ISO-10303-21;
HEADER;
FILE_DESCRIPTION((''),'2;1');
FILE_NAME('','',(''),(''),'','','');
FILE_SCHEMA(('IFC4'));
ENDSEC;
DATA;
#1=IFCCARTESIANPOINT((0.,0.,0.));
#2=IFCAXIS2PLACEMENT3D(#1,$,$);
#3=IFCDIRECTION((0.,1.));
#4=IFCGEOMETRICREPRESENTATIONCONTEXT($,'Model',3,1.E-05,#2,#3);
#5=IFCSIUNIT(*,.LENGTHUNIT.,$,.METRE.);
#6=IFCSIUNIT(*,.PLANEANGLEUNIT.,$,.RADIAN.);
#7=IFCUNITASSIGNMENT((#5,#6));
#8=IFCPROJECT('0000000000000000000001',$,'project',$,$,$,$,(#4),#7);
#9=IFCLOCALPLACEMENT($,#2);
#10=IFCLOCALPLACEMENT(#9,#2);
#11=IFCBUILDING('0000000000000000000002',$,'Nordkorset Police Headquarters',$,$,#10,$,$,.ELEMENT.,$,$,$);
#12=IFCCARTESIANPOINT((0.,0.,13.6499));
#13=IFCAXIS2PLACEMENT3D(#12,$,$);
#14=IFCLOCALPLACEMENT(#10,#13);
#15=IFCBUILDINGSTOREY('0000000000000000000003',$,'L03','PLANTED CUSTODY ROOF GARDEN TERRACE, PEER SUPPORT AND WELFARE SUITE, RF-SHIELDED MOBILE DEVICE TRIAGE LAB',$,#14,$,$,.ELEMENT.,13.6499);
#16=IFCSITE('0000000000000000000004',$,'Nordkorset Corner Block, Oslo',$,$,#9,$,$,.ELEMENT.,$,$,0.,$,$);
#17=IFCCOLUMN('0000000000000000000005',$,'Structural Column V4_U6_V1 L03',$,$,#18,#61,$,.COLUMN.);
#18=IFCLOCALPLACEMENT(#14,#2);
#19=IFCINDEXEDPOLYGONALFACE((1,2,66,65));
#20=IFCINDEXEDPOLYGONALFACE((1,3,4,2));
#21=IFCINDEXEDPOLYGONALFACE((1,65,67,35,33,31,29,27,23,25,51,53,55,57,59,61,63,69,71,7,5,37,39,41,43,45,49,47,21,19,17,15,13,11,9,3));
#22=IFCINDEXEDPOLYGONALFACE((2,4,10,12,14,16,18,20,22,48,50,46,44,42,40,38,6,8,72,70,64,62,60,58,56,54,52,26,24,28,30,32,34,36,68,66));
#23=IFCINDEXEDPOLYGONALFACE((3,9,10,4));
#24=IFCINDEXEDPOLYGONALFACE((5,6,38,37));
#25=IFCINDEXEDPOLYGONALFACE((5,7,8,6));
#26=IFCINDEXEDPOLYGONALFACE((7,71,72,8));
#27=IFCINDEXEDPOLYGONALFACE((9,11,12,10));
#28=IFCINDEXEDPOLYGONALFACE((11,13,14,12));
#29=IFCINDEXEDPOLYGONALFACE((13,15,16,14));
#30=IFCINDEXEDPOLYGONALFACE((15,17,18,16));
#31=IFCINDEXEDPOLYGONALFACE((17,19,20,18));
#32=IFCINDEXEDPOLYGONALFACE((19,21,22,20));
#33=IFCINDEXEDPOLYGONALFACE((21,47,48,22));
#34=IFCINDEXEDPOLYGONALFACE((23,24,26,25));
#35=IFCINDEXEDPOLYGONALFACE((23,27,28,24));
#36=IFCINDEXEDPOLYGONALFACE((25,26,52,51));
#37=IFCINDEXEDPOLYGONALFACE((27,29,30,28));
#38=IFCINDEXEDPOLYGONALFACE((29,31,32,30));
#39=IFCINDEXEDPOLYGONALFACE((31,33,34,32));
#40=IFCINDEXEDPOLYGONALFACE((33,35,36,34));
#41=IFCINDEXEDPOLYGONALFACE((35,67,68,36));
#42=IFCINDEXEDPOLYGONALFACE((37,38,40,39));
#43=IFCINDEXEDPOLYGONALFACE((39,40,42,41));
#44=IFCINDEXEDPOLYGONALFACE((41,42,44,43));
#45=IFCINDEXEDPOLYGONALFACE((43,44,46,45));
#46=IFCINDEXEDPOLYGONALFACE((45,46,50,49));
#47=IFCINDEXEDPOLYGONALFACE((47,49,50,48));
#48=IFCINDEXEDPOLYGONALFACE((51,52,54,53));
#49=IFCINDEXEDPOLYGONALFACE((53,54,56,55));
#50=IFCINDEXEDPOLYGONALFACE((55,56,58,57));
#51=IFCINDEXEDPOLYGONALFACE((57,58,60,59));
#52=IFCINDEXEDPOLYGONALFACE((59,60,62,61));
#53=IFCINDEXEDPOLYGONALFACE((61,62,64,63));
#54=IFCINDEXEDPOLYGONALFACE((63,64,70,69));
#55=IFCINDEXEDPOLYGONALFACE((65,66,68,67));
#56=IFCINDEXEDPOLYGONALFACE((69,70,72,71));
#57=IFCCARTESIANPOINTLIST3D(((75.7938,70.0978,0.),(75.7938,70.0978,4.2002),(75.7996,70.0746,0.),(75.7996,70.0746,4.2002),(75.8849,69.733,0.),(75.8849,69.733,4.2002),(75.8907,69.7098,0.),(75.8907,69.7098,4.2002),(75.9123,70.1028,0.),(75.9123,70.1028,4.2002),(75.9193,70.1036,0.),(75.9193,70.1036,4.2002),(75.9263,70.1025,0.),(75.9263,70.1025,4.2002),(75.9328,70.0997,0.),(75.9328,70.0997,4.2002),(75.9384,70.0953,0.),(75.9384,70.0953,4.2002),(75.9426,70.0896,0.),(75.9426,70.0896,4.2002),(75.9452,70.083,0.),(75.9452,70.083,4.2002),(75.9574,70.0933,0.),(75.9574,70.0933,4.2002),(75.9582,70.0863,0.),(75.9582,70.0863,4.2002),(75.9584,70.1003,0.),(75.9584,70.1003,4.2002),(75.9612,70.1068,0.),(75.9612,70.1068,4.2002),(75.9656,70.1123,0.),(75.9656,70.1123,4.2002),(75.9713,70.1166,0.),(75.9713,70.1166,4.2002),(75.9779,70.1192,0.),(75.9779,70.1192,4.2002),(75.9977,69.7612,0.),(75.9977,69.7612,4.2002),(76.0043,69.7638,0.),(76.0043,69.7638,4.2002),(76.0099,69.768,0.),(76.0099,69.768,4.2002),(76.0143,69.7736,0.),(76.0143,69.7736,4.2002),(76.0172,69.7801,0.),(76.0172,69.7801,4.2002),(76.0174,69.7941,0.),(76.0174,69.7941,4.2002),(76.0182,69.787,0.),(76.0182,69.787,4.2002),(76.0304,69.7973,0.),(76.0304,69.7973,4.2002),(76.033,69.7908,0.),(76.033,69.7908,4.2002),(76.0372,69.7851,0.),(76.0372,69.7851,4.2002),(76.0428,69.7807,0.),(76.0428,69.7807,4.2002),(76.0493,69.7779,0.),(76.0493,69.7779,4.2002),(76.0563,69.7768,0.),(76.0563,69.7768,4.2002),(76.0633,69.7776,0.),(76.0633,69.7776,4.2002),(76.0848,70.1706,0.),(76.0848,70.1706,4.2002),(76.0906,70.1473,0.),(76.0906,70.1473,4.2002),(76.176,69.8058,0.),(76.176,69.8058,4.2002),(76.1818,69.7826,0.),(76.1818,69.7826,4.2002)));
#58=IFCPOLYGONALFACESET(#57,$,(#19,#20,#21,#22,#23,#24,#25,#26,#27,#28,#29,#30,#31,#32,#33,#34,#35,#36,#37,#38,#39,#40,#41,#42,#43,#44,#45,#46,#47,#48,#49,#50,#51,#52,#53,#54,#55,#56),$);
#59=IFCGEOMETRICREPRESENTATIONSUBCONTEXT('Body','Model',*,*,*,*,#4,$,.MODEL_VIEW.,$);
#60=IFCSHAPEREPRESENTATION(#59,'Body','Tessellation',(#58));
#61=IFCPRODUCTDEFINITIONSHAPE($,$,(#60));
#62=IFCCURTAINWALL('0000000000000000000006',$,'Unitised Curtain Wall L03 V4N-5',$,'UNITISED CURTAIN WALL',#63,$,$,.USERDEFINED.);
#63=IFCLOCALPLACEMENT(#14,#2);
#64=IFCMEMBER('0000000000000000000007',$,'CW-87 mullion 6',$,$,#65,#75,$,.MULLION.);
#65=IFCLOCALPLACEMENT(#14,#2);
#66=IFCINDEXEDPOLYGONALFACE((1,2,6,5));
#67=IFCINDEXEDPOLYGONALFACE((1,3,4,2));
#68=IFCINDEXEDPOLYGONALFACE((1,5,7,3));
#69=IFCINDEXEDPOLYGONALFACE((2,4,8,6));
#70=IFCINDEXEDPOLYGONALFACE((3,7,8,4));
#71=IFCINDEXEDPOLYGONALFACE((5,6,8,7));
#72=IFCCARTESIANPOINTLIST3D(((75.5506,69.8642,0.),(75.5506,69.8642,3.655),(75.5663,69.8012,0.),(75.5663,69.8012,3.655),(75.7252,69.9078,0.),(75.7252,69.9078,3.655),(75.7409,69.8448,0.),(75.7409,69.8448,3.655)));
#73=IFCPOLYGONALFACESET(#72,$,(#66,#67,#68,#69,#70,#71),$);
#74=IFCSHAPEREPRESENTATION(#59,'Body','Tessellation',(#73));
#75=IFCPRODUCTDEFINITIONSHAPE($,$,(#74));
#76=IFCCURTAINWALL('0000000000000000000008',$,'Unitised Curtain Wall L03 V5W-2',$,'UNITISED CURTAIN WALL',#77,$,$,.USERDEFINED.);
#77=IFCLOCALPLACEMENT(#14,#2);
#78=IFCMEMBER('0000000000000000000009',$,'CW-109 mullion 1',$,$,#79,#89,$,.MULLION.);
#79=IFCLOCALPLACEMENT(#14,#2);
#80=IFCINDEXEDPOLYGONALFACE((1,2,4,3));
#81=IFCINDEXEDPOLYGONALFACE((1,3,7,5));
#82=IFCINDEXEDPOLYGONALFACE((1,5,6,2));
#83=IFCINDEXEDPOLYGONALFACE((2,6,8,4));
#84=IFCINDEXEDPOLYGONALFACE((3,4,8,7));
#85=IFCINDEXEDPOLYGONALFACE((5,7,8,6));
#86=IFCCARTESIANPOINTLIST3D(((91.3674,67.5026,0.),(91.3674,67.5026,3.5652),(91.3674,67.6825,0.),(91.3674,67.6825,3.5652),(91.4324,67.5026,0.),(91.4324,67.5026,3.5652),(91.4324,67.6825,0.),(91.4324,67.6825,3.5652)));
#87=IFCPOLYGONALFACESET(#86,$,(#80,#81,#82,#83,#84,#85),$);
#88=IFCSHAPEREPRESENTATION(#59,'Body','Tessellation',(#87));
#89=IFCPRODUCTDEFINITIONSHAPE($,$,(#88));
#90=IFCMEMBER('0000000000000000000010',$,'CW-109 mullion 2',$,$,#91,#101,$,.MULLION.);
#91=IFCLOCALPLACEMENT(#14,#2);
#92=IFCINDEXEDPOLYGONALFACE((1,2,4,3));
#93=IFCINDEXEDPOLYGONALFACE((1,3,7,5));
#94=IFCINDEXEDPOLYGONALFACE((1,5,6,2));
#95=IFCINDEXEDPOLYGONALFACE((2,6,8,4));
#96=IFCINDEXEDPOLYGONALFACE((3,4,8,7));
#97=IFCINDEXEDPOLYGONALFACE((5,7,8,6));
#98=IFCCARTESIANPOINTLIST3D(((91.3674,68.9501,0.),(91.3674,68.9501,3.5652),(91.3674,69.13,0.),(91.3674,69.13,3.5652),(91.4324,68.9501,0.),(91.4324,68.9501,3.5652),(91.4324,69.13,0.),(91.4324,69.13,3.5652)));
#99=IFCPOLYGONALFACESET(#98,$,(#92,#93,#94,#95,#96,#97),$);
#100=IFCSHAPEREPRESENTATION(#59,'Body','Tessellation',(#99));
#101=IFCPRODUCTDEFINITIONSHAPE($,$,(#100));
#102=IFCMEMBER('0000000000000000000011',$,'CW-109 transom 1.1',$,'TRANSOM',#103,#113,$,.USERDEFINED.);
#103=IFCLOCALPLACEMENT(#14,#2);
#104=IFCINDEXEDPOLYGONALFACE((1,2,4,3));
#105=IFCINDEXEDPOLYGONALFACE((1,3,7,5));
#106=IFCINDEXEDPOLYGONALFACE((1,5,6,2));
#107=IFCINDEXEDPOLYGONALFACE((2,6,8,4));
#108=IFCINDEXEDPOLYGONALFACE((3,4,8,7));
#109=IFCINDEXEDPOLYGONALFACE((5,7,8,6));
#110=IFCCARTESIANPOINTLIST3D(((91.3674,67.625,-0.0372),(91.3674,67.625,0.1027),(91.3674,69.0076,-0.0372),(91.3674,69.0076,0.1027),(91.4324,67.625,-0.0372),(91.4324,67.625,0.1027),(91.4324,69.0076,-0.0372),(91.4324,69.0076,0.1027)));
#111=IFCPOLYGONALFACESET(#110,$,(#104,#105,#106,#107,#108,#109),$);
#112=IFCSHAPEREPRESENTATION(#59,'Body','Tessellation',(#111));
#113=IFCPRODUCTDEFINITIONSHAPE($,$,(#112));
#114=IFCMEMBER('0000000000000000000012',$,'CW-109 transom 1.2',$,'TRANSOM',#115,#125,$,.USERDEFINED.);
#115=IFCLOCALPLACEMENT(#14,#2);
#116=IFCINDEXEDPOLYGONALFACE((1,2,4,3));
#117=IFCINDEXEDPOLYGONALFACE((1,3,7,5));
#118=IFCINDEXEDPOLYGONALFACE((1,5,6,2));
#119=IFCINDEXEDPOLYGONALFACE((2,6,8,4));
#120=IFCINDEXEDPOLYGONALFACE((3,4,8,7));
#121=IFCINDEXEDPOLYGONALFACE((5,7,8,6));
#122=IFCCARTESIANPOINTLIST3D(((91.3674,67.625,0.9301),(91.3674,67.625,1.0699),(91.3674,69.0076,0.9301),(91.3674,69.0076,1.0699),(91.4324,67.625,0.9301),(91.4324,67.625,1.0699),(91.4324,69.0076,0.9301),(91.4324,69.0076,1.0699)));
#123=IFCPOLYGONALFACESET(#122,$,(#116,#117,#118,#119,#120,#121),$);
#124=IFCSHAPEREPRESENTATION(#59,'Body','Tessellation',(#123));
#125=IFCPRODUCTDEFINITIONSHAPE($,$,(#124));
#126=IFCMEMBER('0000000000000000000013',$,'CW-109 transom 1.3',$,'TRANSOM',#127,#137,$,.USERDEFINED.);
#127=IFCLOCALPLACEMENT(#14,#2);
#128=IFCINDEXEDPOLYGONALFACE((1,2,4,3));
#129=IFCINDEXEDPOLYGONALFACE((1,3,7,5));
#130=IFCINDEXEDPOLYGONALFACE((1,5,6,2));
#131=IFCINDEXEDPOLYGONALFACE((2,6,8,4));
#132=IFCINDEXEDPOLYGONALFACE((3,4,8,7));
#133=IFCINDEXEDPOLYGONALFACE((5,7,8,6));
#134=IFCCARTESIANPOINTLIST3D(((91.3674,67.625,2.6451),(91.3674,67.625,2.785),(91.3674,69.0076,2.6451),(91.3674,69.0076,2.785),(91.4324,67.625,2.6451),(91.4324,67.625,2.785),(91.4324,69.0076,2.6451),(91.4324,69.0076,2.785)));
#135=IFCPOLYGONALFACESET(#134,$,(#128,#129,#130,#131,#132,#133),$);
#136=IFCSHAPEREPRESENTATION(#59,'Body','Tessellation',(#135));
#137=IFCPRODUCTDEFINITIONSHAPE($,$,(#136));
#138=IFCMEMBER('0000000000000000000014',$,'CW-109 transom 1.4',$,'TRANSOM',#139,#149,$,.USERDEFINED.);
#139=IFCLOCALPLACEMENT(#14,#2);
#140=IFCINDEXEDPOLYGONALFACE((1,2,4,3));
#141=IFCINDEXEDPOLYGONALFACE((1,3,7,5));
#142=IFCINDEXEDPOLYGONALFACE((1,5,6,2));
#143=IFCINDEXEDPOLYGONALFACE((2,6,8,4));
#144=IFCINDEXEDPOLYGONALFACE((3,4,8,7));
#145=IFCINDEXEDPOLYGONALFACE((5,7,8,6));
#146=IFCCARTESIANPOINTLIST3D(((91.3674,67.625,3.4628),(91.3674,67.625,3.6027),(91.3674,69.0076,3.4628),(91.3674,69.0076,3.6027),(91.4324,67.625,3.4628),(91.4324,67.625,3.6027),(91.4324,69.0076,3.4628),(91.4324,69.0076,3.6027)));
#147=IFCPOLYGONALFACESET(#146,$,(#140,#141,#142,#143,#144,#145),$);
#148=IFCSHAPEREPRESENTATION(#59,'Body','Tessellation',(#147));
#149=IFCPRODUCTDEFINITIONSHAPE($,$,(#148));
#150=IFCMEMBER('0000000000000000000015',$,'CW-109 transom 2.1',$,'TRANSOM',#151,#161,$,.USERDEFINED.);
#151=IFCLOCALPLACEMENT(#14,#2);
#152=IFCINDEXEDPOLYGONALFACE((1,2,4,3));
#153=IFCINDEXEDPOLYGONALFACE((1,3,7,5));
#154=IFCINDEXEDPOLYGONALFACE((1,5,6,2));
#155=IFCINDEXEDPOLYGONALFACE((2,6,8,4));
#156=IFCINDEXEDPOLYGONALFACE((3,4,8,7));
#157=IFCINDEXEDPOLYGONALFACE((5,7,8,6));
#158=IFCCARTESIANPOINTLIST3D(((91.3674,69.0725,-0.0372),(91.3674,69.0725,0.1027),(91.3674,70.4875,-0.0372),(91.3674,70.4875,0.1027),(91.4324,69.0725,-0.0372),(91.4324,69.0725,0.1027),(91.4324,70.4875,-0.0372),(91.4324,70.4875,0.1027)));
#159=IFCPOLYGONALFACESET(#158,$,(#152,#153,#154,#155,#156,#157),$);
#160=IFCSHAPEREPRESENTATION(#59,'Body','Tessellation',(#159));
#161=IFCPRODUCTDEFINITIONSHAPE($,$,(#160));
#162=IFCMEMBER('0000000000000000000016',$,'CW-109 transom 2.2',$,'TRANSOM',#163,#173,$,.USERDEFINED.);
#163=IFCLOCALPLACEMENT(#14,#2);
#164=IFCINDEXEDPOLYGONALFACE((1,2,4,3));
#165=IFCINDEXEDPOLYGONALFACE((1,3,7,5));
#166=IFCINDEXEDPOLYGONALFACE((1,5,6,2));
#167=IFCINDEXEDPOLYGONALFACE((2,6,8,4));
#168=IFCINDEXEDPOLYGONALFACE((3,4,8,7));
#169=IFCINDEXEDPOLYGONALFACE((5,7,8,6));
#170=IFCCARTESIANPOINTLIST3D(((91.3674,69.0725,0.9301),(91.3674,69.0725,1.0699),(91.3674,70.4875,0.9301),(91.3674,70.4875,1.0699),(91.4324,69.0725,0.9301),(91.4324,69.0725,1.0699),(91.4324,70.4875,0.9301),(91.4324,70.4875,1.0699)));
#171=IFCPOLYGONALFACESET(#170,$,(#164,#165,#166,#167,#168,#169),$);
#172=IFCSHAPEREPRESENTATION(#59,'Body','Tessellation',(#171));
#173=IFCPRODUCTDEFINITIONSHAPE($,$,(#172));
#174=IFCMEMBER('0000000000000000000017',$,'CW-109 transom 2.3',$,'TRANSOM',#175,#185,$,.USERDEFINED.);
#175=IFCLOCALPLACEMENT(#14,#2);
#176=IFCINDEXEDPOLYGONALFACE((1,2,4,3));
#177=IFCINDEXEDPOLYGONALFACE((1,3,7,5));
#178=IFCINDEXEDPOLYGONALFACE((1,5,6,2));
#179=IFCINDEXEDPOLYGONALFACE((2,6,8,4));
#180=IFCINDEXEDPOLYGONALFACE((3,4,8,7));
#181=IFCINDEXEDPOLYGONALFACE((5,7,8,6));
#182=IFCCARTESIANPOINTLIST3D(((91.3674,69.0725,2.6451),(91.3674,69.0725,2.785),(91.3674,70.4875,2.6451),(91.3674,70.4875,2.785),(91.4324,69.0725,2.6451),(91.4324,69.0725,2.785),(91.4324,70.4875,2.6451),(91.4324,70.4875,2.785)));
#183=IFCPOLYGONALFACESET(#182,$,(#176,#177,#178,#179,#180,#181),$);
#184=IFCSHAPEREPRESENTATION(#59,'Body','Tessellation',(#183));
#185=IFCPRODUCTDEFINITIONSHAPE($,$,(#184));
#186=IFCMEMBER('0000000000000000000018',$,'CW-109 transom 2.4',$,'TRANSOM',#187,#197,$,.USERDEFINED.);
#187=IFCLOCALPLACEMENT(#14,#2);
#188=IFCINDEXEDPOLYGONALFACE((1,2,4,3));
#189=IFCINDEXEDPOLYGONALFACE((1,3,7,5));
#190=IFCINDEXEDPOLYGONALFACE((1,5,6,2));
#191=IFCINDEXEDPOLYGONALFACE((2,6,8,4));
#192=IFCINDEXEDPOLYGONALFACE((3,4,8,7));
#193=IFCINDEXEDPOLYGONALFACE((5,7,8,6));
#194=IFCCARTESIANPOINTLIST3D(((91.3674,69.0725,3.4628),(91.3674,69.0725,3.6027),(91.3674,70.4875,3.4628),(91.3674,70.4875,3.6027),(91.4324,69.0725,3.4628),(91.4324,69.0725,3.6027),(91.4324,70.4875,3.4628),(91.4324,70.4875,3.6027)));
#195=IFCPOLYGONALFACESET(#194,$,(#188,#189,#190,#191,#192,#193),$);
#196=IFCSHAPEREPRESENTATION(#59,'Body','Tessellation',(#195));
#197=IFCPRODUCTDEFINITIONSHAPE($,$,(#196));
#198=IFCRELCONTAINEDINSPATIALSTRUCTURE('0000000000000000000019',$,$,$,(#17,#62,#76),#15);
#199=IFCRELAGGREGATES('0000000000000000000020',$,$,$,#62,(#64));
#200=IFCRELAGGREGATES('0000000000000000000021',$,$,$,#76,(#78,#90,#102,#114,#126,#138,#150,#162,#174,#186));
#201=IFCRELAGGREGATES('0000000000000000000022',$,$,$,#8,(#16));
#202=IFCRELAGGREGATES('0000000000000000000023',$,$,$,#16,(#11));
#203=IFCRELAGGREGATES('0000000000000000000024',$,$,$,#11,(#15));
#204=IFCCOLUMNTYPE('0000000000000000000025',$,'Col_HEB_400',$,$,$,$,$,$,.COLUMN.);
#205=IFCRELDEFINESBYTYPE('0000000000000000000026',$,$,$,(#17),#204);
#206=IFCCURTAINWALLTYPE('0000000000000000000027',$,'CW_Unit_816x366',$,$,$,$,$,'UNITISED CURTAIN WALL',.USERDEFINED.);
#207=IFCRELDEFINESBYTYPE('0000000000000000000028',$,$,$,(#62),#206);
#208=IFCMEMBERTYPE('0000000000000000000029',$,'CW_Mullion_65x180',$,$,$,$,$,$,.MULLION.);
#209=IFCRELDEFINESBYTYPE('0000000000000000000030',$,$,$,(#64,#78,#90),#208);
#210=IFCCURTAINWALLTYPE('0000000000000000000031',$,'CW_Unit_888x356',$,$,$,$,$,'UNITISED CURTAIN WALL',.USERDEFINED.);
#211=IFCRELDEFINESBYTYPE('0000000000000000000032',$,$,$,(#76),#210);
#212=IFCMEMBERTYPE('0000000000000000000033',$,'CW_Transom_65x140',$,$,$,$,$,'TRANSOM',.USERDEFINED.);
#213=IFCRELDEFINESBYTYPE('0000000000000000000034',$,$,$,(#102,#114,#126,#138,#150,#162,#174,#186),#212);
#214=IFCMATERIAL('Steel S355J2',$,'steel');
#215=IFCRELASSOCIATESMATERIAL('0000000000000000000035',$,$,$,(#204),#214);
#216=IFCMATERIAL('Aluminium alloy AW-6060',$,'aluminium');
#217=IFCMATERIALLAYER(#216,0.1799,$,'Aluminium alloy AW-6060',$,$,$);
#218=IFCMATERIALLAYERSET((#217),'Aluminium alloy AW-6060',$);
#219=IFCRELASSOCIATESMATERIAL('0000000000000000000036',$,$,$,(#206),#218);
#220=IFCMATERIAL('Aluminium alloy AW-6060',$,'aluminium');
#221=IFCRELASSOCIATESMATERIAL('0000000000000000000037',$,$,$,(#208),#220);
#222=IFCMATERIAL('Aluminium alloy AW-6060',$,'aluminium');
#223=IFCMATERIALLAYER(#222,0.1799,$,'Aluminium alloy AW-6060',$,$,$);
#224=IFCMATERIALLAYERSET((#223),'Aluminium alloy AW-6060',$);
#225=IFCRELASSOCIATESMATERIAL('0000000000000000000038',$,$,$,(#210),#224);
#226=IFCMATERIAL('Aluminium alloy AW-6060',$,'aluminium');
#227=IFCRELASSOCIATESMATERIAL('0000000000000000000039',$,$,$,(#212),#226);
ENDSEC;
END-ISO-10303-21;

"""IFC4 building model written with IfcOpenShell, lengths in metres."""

from ifc_helpers import new_model, si_unit, direction, frame, origin, origin_2d, place, context, subcontext, project, spatial, rectangle, i_section, extrude, material, layer, layer_set, material_profile, profile_set, type_object, element, aggregate, save


model = new_model("IFC4")

# Units and contexts
model_context = context("Model", 3, precision=1e-05, world=origin(), true_north=direction((0.0, 1.0)))
body_context = subcontext(model_context, "Body", "Model", "MODEL_VIEW")
ifc_project = project(units=[si_unit("LENGTHUNIT", "METRE"), si_unit("PLANEANGLEUNIT", "RADIAN")], contexts=[model_context])

# Site, building, storey
site_placement = place(None, origin())
site = spatial("IfcSite", under=ifc_project, at=site_placement, Name="Nordkorset Corner Block, Oslo", CompositionType="ELEMENT", RefElevation=0.0)
building_placement = place(site_placement, origin())
building = spatial("IfcBuilding", under=site, at=building_placement, Name="Nordkorset Police Headquarters", CompositionType="ELEMENT")
storey_placement = place(building_placement, frame((0.0, 0.0, 13.6499)))
storey = spatial("IfcBuildingStorey", under=building, at=storey_placement, Name="L03", Description="PLANTED CUSTODY ROOF GARDEN TERRACE, PEER SUPPORT AND WELFARE SUITE, RF-SHIELDED MOBILE DEVICE TRIAGE LAB", CompositionType="ELEMENT", Elevation=13.6499)

# Column
ifc_material_1 = material(Name="Steel S355J2", Category="steel")
ifc_material_profile_1 = material_profile(ifc_material_1, i_section(OverallWidth=0.3, OverallDepth=0.3999, WebThickness=0.0134, FlangeThickness=0.0239, FilletRadius=0.0271, at=origin_2d()), Name="HEB 400")
ifc_profile_set_1 = profile_set([ifc_material_profile_1], Name="Steel S355J2")
column_type = type_object("IfcColumnType", Name="Col_HEB_400", PredefinedType="COLUMN", material=ifc_profile_set_1)
column_placement = place(storey_placement, frame((75.9878, 69.9402, 0.0), z_axis=(0.0, 0.0, 1.0), x_axis=(0.970143, 0.242536, 0.0)))
element("IfcColumn", 1, at=column_placement, inside=storey, type_object=column_type, Name="Structural Column V4_U6_V1 L03", PredefinedType="COLUMN", context=body_context, shape_type="SweptSolid", body=[
    extrude(i_section(OverallWidth=0.3, OverallDepth=0.3999, WebThickness=0.0134, FlangeThickness=0.0239, FilletRadius=0.0271, at=origin_2d()), origin(), (0.0, 0.0, 1.0), 4.2002),
])

# Curtain wall, member
ifc_material_2 = material(Name="Aluminium alloy AW-6060", Category="aluminium")
ifc_layer_1 = layer(ifc_material_2, 0.1799, Name="Aluminium alloy AW-6060")
ifc_layer_set_1 = layer_set([ifc_layer_1], Name="Aluminium alloy AW-6060")
curtain_wall_type_1 = type_object("IfcCurtainWallType", Name="CW_Unit_816x366", ElementType="UNITISED CURTAIN WALL", PredefinedType="USERDEFINED", material=ifc_layer_set_1)
curtain_wall_1_placement = place(storey_placement, origin())
curtain_wall_1 = element("IfcCurtainWall", 2, at=curtain_wall_1_placement, inside=storey, type_object=curtain_wall_type_1, Name="Unitised Curtain Wall L03 V4N-5", ObjectType="UNITISED CURTAIN WALL", PredefinedType="USERDEFINED")
ifc_material_3 = material(Name="Aluminium alloy AW-6060", Category="aluminium")
ifc_material_profile_2 = material_profile(ifc_material_3, rectangle(XDim=0.0649, YDim=0.1799, at=origin_2d()), Name="ALU MULL 65x180")
ifc_profile_set_2 = profile_set([ifc_material_profile_2], Name="Aluminium alloy AW-6060")
member_type_1 = type_object("IfcMemberType", Name="CW_Mullion_65x180", PredefinedType="MULLION", material=ifc_profile_set_2)
member_1_placement = place(storey_placement, frame((75.6458, 69.8545, 0.0), z_axis=(0.0, 0.0, 1.0), x_axis=(-0.242536, 0.970143, 0.0)))
member_1 = element("IfcMember", 3, at=member_1_placement, type_object=member_type_1, Name="CW-87 mullion 6", PredefinedType="MULLION", context=body_context, shape_type="SweptSolid", body=[
    extrude(rectangle(XDim=0.0649, YDim=0.1799, at=origin_2d()), origin(), (0.0, 0.0, 1.0), 3.655),
])

# Curtain wall, members
ifc_material_4 = material(Name="Aluminium alloy AW-6060", Category="aluminium")
ifc_layer_2 = layer(ifc_material_4, 0.1799, Name="Aluminium alloy AW-6060")
ifc_layer_set_2 = layer_set([ifc_layer_2], Name="Aluminium alloy AW-6060")
curtain_wall_type_2 = type_object("IfcCurtainWallType", Name="CW_Unit_888x356", ElementType="UNITISED CURTAIN WALL", PredefinedType="USERDEFINED", material=ifc_layer_set_2)
curtain_wall_2_placement = place(storey_placement, origin())
curtain_wall_2 = element("IfcCurtainWall", 4, at=curtain_wall_2_placement, inside=storey, type_object=curtain_wall_type_2, Name="Unitised Curtain Wall L03 V5W-2", ObjectType="UNITISED CURTAIN WALL", PredefinedType="USERDEFINED")
member_2_placement = place(storey_placement, frame((91.3999, 67.5925, 0.0), z_axis=(0.0, 0.0, 1.0), x_axis=(-1.0, 0.0, 0.0)))
member_2 = element("IfcMember", 5, at=member_2_placement, type_object=member_type_1, Name="CW-109 mullion 1", PredefinedType="MULLION", context=body_context, shape_type="SweptSolid", body=[
    extrude(rectangle(XDim=0.0649, YDim=0.1799, at=origin_2d()), origin(), (0.0, 0.0, 1.0), 3.5652),
])
member_3_placement = place(storey_placement, frame((91.3999, 69.04, 0.0), z_axis=(0.0, 0.0, 1.0), x_axis=(-1.0, 0.0, 0.0)))
member_3 = element("IfcMember", 6, at=member_3_placement, type_object=member_type_1, Name="CW-109 mullion 2", PredefinedType="MULLION", context=body_context, shape_type="SweptSolid", body=[
    extrude(rectangle(XDim=0.0649, YDim=0.1799, at=origin_2d()), origin(), (0.0, 0.0, 1.0), 3.5652),
])
ifc_material_5 = material(Name="Aluminium alloy AW-6060", Category="aluminium")
ifc_material_profile_3 = material_profile(ifc_material_5, rectangle(XDim=0.0649, YDim=0.1399, at=origin_2d()), Name="ALU TRAN 65x140")
ifc_profile_set_3 = profile_set([ifc_material_profile_3], Name="Aluminium alloy AW-6060")
member_type_2 = type_object("IfcMemberType", Name="CW_Transom_65x140", ElementType="TRANSOM", PredefinedType="USERDEFINED", material=ifc_profile_set_3)
member_4_placement = place(storey_placement, frame((91.3999, 67.625, 0.0327), z_axis=(0.0, 1.0, 0.0), x_axis=(-1.0, 0.0, 0.0)))
member_4 = element("IfcMember", 7, at=member_4_placement, type_object=member_type_2, Name="CW-109 transom 1.1", ObjectType="TRANSOM", PredefinedType="USERDEFINED", context=body_context, shape_type="SweptSolid", body=[
    extrude(rectangle(XDim=0.0649, YDim=0.1399, at=origin_2d()), origin(), (0.0, 0.0, 1.0), 1.3826),
])
member_5_placement = place(storey_placement, frame((91.3999, 67.625, 1.0), z_axis=(0.0, 1.0, 0.0), x_axis=(-1.0, 0.0, 0.0)))
member_5 = element("IfcMember", 8, at=member_5_placement, type_object=member_type_2, Name="CW-109 transom 1.2", ObjectType="TRANSOM", PredefinedType="USERDEFINED", context=body_context, shape_type="SweptSolid", body=[
    extrude(rectangle(XDim=0.0649, YDim=0.1399, at=origin_2d()), origin(), (0.0, 0.0, 1.0), 1.3826),
])
member_6_placement = place(storey_placement, frame((91.3999, 67.625, 2.7151), z_axis=(0.0, 1.0, 0.0), x_axis=(-1.0, 0.0, 0.0)))
member_6 = element("IfcMember", 9, at=member_6_placement, type_object=member_type_2, Name="CW-109 transom 1.3", ObjectType="TRANSOM", PredefinedType="USERDEFINED", context=body_context, shape_type="SweptSolid", body=[
    extrude(rectangle(XDim=0.0649, YDim=0.1399, at=origin_2d()), origin(), (0.0, 0.0, 1.0), 1.3826),
])
member_7_placement = place(storey_placement, frame((91.3999, 67.625, 3.5327), z_axis=(0.0, 1.0, 0.0), x_axis=(-1.0, 0.0, 0.0)))
member_7 = element("IfcMember", 10, at=member_7_placement, type_object=member_type_2, Name="CW-109 transom 1.4", ObjectType="TRANSOM", PredefinedType="USERDEFINED", context=body_context, shape_type="SweptSolid", body=[
    extrude(rectangle(XDim=0.0649, YDim=0.1399, at=origin_2d()), origin(), (0.0, 0.0, 1.0), 1.3826),
])
member_8_placement = place(storey_placement, frame((91.3999, 69.0725, 0.0327), z_axis=(0.0, 1.0, 0.0), x_axis=(-1.0, 0.0, 0.0)))
member_8 = element("IfcMember", 11, at=member_8_placement, type_object=member_type_2, Name="CW-109 transom 2.1", ObjectType="TRANSOM", PredefinedType="USERDEFINED", context=body_context, shape_type="SweptSolid", body=[
    extrude(rectangle(XDim=0.0649, YDim=0.1399, at=origin_2d()), origin(), (0.0, 0.0, 1.0), 1.415),
])
member_9_placement = place(storey_placement, frame((91.3999, 69.0725, 1.0), z_axis=(0.0, 1.0, 0.0), x_axis=(-1.0, 0.0, 0.0)))
member_9 = element("IfcMember", 12, at=member_9_placement, type_object=member_type_2, Name="CW-109 transom 2.2", ObjectType="TRANSOM", PredefinedType="USERDEFINED", context=body_context, shape_type="SweptSolid", body=[
    extrude(rectangle(XDim=0.0649, YDim=0.1399, at=origin_2d()), origin(), (0.0, 0.0, 1.0), 1.415),
])
member_10_placement = place(storey_placement, frame((91.3999, 69.0725, 2.7151), z_axis=(0.0, 1.0, 0.0), x_axis=(-1.0, 0.0, 0.0)))
member_10 = element("IfcMember", 13, at=member_10_placement, type_object=member_type_2, Name="CW-109 transom 2.3", ObjectType="TRANSOM", PredefinedType="USERDEFINED", context=body_context, shape_type="SweptSolid", body=[
    extrude(rectangle(XDim=0.0649, YDim=0.1399, at=origin_2d()), origin(), (0.0, 0.0, 1.0), 1.415),
])
member_11_placement = place(storey_placement, frame((91.3999, 69.0725, 3.5327), z_axis=(0.0, 1.0, 0.0), x_axis=(-1.0, 0.0, 0.0)))
member_11 = element("IfcMember", 14, at=member_11_placement, type_object=member_type_2, Name="CW-109 transom 2.4", ObjectType="TRANSOM", PredefinedType="USERDEFINED", context=body_context, shape_type="SweptSolid", body=[
    extrude(rectangle(XDim=0.0649, YDim=0.1399, at=origin_2d()), origin(), (0.0, 0.0, 1.0), 1.415),
])

aggregate(curtain_wall_1, [member_1])
aggregate(curtain_wall_2, [member_2, member_3, member_4, member_5, member_6, member_7, member_8, member_9, member_10, member_11])

save(model, "model.ifc")
